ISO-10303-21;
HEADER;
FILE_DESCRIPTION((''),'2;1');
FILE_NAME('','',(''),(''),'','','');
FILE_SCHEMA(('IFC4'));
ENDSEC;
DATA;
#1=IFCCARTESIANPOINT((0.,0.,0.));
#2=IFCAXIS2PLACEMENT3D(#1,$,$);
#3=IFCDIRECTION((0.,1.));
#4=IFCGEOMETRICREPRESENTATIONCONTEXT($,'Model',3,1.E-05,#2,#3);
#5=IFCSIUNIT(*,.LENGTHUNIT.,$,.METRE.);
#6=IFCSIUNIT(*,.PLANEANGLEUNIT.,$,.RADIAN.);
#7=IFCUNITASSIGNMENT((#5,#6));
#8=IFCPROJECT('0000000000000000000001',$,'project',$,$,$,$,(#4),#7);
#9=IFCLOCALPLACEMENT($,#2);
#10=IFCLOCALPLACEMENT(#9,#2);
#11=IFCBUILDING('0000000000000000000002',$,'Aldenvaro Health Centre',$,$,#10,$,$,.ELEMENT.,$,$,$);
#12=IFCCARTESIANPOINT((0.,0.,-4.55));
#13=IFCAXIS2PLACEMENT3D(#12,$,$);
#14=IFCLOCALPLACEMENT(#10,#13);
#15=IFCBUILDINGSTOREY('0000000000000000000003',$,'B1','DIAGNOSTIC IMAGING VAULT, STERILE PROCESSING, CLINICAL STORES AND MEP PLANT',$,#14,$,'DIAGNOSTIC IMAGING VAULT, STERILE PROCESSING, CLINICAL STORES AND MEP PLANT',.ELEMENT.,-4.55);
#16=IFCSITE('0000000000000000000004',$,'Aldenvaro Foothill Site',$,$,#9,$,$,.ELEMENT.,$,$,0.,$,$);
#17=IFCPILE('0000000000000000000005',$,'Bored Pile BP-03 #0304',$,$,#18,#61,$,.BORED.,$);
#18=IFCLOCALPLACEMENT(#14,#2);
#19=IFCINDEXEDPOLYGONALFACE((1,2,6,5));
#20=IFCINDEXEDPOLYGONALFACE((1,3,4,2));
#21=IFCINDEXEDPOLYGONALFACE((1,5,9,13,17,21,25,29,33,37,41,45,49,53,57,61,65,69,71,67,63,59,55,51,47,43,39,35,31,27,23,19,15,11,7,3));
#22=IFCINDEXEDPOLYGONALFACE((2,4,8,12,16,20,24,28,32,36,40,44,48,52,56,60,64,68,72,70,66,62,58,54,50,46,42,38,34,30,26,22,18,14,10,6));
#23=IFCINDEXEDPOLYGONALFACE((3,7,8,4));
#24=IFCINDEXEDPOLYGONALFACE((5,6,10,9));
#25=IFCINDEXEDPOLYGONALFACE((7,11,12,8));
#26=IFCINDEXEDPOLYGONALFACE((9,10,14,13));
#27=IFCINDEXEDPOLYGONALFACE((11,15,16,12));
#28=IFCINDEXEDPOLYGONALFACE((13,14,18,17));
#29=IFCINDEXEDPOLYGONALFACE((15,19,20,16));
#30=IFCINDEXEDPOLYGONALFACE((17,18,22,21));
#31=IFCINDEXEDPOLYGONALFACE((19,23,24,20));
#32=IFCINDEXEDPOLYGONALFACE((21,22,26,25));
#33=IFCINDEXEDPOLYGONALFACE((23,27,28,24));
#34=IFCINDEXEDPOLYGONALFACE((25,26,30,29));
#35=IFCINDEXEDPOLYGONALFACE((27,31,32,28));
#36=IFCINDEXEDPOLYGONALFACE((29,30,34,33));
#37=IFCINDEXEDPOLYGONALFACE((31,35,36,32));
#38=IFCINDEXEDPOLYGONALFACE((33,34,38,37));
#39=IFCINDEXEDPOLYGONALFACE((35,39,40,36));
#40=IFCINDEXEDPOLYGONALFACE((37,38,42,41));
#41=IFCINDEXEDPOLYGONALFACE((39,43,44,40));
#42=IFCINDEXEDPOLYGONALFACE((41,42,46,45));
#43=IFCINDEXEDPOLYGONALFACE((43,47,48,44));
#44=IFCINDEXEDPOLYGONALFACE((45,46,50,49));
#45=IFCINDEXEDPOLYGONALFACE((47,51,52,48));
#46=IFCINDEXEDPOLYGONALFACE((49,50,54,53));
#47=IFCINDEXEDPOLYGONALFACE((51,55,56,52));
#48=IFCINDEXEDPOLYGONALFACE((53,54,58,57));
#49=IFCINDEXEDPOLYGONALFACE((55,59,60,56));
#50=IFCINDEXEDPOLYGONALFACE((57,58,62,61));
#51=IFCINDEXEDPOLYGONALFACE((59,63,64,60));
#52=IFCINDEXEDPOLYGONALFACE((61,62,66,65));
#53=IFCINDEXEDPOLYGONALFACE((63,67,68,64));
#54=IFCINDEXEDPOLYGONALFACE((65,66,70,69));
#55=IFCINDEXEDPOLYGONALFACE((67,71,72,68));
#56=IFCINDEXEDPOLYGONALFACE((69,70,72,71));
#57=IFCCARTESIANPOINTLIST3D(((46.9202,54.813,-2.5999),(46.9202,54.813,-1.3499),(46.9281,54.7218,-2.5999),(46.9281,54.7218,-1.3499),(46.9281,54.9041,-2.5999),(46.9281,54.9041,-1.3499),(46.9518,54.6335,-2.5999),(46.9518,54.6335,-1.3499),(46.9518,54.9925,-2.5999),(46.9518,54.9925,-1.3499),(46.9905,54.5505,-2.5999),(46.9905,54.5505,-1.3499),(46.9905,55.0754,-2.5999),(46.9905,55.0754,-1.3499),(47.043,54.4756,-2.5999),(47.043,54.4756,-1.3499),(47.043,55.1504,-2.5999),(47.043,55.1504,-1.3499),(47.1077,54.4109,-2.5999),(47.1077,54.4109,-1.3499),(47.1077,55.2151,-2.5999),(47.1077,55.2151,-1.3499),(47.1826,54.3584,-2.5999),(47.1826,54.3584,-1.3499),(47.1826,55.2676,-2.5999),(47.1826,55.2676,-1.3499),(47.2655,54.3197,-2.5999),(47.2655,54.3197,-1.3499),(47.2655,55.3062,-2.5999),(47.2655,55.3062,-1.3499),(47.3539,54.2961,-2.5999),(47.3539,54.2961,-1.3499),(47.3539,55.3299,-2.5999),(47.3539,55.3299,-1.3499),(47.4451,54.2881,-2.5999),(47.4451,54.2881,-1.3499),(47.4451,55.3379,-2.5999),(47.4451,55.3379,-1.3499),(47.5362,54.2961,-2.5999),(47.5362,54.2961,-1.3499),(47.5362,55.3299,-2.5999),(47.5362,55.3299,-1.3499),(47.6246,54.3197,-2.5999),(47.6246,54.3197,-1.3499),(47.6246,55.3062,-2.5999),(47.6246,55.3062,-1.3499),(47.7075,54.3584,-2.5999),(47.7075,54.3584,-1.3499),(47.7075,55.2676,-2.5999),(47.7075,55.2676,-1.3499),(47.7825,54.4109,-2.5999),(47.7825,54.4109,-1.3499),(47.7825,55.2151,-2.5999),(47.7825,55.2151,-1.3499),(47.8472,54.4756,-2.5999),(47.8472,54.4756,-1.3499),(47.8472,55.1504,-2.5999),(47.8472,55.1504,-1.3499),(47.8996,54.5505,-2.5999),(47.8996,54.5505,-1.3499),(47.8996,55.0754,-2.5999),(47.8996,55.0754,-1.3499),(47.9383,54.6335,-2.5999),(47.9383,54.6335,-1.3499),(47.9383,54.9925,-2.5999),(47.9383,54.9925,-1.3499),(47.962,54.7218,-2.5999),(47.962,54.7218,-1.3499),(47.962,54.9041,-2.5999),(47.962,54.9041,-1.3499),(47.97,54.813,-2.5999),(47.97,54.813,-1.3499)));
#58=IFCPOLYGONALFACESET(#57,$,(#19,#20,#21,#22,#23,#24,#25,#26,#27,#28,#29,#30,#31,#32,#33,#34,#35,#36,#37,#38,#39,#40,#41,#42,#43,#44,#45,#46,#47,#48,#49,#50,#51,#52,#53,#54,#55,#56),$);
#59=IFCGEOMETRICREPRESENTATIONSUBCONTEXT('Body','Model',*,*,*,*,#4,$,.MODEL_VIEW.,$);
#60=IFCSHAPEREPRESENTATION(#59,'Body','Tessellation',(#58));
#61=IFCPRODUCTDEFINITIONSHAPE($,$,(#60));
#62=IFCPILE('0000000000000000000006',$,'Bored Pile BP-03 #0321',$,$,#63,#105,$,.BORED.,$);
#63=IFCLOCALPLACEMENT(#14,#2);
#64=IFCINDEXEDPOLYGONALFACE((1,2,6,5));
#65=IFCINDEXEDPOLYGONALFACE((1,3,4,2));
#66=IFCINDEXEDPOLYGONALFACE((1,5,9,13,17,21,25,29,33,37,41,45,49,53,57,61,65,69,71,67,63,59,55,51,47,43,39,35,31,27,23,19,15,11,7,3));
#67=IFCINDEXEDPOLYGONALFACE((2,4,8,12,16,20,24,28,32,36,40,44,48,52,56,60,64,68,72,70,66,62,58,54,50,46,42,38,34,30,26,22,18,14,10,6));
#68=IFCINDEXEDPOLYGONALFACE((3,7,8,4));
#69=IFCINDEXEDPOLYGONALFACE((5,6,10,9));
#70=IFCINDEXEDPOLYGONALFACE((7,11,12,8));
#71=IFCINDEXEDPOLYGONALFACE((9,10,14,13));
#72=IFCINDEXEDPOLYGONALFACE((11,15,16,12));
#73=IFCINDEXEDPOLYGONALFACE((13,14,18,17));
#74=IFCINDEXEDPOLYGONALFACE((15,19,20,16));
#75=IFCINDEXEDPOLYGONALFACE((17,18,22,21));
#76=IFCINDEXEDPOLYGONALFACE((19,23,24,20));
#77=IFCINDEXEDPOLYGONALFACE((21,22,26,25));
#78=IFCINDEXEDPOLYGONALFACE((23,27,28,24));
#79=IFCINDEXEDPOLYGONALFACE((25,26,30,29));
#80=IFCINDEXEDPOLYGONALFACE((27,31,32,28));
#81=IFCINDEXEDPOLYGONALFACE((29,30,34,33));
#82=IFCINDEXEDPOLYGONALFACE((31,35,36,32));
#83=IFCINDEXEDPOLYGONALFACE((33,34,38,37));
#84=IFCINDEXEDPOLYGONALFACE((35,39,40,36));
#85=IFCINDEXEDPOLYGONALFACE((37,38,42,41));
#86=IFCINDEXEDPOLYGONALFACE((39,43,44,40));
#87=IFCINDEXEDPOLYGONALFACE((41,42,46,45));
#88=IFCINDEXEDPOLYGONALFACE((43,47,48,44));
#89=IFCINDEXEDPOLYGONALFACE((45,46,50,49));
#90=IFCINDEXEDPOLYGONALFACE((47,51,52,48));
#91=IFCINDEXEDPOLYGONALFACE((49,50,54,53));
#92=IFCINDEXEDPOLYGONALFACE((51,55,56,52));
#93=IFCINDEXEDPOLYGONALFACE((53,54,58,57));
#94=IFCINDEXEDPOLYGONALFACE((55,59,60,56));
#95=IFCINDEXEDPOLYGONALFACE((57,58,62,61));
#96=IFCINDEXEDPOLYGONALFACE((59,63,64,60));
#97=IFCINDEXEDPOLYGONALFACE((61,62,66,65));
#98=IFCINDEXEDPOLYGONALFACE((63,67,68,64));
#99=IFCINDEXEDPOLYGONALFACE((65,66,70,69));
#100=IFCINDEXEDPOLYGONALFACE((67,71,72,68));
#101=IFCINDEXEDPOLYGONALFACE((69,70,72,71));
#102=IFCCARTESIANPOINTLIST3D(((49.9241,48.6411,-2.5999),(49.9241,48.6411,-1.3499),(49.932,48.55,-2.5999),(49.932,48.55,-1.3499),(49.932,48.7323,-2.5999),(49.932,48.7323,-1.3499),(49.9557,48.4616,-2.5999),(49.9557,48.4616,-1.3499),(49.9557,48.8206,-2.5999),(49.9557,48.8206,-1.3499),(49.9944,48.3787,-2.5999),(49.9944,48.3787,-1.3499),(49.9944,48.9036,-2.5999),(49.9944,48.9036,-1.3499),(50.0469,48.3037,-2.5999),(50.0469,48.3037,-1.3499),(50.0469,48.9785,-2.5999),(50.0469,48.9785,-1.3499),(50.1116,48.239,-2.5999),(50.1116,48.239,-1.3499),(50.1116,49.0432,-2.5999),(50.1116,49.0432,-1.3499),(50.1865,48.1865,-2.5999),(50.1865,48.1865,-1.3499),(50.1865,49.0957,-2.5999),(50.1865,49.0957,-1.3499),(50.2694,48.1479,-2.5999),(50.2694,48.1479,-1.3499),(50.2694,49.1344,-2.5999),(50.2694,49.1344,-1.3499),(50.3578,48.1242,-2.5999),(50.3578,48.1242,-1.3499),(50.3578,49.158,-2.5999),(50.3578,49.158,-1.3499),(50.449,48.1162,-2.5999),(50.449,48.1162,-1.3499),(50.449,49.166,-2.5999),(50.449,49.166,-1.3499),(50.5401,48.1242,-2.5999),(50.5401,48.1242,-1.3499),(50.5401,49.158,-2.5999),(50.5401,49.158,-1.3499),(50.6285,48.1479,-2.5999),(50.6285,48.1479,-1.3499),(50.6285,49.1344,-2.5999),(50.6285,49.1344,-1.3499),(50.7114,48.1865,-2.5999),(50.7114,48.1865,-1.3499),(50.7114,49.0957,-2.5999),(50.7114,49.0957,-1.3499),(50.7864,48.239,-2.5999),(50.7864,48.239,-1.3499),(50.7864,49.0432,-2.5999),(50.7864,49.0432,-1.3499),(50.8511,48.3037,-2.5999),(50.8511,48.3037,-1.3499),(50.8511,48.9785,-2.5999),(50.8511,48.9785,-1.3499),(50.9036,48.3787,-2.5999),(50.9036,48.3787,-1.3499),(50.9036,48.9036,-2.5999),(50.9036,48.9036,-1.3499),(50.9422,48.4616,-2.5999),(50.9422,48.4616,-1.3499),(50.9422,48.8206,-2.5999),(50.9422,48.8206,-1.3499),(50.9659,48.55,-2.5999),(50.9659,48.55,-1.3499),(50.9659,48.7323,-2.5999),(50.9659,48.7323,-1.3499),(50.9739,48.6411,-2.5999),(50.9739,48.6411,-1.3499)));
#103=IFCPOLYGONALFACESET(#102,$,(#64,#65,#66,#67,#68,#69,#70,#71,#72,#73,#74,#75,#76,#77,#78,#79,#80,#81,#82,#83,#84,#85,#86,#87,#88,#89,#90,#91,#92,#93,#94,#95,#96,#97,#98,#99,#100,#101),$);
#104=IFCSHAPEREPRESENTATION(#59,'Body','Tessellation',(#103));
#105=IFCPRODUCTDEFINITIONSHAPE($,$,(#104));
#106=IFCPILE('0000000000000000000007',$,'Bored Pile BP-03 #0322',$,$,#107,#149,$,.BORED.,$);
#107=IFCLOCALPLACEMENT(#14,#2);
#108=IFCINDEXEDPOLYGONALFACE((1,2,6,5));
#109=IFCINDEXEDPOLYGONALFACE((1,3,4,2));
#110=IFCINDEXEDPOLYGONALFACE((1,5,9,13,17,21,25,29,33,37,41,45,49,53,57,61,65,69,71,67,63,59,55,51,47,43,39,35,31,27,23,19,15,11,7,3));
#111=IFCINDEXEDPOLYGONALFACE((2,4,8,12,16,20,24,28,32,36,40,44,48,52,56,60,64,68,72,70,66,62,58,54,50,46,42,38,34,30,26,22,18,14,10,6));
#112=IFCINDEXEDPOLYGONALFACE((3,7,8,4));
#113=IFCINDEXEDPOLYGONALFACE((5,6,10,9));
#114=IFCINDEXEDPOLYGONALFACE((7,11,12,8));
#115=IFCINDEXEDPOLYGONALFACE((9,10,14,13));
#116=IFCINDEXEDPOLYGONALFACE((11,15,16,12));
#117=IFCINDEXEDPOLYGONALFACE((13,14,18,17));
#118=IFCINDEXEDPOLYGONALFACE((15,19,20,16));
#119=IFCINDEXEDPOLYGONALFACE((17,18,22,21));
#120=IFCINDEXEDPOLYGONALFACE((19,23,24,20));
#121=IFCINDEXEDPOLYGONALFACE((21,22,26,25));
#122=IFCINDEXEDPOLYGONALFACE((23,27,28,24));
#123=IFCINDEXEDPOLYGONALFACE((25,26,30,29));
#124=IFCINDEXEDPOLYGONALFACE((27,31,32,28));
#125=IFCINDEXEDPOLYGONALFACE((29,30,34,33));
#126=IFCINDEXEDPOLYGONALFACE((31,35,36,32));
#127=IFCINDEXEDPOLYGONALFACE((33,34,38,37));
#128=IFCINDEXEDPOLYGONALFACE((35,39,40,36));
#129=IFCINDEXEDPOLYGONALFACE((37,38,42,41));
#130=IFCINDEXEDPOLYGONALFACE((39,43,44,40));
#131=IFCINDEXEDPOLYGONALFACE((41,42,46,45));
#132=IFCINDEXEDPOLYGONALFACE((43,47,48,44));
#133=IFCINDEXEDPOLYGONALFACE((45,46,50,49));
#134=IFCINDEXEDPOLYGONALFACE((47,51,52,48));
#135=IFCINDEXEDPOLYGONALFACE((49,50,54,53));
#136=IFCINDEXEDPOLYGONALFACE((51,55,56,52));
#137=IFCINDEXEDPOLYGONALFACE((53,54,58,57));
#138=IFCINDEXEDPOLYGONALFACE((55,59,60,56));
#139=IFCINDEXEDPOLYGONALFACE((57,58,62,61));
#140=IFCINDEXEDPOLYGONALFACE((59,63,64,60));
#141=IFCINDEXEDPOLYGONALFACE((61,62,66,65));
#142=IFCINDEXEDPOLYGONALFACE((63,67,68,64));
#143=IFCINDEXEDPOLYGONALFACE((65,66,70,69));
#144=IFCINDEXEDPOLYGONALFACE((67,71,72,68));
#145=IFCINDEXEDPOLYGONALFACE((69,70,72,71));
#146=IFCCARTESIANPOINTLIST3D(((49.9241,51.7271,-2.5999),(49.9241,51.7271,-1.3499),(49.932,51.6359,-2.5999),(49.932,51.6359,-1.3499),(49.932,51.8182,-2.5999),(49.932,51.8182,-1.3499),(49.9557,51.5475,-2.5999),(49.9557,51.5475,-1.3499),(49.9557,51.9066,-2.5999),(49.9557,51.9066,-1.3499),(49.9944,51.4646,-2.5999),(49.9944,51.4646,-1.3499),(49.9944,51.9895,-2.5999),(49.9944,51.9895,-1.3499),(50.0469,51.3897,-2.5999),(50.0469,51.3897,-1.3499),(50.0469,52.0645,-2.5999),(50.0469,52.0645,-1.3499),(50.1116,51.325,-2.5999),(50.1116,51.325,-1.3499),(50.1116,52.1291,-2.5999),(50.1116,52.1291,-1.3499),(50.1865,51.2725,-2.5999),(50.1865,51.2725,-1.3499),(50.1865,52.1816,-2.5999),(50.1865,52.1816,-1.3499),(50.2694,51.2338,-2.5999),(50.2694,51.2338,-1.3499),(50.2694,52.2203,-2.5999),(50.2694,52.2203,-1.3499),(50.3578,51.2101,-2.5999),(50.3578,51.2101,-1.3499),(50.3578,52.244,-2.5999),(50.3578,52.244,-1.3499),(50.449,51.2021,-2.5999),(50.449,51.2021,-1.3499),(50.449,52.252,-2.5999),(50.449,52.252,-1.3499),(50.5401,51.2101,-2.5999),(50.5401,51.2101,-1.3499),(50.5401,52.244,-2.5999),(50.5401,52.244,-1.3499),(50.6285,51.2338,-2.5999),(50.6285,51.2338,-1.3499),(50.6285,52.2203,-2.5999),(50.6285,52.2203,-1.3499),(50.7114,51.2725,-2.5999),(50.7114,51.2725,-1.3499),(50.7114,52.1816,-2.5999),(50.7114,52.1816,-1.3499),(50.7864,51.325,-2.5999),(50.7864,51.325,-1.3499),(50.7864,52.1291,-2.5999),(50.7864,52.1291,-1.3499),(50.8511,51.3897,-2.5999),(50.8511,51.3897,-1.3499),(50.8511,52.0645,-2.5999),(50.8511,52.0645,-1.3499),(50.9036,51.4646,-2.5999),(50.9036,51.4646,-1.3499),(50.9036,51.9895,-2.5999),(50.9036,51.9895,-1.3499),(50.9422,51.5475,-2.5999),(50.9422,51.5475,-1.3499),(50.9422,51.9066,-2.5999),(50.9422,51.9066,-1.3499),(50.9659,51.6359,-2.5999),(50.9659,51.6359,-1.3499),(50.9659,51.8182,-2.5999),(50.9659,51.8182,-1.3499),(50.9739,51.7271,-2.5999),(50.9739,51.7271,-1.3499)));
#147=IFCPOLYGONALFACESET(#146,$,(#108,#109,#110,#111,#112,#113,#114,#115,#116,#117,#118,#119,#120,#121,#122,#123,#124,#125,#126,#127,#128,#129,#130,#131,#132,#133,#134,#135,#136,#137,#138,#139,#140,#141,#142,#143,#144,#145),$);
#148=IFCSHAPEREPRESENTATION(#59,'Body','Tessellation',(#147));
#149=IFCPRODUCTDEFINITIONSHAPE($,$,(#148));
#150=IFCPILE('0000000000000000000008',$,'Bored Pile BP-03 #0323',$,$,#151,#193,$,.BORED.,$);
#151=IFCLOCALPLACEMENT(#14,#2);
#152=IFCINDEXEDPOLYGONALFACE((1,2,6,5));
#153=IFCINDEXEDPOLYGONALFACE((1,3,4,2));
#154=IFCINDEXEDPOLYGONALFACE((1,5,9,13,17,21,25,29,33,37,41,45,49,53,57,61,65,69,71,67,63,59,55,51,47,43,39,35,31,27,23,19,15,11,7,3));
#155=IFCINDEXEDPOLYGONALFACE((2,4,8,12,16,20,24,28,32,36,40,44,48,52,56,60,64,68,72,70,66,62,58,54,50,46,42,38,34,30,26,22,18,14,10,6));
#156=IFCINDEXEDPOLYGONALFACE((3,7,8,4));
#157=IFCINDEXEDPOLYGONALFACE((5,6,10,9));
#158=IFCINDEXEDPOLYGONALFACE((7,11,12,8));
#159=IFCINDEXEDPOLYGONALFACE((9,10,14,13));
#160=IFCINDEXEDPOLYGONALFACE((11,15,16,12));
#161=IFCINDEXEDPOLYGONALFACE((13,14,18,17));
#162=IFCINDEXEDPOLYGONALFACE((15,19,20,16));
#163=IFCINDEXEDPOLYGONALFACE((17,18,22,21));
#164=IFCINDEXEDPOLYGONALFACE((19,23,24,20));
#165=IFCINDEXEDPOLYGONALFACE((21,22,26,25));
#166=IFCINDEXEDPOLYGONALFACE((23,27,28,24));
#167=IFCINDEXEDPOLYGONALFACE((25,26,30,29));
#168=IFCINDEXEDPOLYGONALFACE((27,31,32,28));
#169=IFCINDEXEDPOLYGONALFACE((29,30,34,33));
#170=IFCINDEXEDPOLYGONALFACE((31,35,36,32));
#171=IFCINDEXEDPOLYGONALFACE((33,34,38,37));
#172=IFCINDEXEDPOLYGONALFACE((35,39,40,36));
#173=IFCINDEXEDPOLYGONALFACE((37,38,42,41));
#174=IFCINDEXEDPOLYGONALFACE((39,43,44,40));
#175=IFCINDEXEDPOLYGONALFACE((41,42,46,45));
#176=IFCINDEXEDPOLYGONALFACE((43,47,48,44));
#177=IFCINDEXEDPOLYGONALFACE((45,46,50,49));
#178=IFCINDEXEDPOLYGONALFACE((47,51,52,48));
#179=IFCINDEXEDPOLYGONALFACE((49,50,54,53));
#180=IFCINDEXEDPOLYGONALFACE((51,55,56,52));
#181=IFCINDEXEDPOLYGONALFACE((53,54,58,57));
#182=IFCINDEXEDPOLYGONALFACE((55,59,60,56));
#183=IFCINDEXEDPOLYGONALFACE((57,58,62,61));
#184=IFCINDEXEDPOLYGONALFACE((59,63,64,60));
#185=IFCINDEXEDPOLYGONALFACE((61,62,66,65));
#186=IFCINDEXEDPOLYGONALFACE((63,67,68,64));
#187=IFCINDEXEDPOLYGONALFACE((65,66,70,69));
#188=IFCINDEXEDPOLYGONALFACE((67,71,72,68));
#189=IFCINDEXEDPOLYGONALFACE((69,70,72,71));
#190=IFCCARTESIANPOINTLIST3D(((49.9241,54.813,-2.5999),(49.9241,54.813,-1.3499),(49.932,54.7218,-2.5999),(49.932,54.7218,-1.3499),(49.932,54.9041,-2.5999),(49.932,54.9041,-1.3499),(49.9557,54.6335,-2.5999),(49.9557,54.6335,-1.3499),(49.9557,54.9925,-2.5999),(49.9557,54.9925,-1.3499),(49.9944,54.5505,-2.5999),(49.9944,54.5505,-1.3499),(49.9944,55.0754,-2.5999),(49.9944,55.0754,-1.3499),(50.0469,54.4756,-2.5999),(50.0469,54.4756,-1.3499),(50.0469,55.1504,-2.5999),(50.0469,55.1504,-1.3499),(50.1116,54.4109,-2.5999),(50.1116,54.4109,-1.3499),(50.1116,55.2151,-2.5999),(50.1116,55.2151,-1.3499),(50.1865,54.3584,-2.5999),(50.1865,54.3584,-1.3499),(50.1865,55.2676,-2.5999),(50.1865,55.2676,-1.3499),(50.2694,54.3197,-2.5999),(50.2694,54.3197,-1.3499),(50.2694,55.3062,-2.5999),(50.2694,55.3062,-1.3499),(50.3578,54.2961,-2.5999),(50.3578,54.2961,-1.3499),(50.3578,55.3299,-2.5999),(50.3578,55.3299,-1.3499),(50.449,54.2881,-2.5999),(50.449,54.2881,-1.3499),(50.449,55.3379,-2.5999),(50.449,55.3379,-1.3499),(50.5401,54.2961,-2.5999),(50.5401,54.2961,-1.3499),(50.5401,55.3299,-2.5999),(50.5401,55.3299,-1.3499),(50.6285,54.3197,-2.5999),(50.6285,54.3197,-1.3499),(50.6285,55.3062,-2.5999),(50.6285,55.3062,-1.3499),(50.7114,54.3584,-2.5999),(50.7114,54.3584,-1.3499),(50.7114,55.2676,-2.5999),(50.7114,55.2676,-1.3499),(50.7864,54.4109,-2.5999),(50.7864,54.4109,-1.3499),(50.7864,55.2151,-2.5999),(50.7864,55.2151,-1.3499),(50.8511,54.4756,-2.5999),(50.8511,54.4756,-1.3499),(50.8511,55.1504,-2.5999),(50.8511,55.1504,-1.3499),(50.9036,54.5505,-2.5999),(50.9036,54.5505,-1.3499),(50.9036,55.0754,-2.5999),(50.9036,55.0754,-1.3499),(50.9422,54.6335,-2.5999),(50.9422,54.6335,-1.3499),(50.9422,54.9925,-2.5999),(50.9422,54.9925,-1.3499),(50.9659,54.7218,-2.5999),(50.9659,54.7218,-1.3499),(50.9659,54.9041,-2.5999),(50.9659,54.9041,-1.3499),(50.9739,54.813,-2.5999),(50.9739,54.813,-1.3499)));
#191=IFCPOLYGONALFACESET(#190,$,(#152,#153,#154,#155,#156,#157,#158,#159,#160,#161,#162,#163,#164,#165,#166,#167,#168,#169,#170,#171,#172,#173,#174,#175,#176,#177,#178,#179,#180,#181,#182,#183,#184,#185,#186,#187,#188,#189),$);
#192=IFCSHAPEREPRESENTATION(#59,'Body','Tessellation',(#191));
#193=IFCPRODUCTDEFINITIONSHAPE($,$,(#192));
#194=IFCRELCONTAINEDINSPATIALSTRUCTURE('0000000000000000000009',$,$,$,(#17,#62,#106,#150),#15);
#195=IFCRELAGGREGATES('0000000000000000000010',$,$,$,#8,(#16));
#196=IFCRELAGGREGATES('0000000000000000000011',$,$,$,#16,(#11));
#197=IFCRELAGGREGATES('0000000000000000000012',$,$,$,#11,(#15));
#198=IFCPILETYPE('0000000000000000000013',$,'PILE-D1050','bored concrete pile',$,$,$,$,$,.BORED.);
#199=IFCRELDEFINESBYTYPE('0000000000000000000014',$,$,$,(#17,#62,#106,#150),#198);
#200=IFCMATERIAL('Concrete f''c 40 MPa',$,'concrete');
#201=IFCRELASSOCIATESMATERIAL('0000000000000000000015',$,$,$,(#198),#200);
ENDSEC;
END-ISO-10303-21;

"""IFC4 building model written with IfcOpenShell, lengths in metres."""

from ifc_helpers import new_model, si_unit, direction, frame, origin, origin_2d, place, context, subcontext, project, spatial, circle, extrude, material, material_profile, profile_set, type_object, element, save


model = new_model("IFC4")

# Units and contexts
model_context = context("Model", 3, precision=1e-05, world=origin(), true_north=direction((0.0, 1.0)))
body_context = subcontext(model_context, "Body", "Model", "MODEL_VIEW")
ifc_project = project(units=[si_unit("LENGTHUNIT", "METRE"), si_unit("PLANEANGLEUNIT", "RADIAN")], contexts=[model_context])

# Site, building, storey
site_placement = place(None, origin())
site = spatial("IfcSite", under=ifc_project, at=site_placement, Name="Aldenvaro Foothill Site", CompositionType="ELEMENT", RefElevation=0.0)
building_placement = place(site_placement, origin())
building = spatial("IfcBuilding", under=site, at=building_placement, Name="Aldenvaro Health Centre", CompositionType="ELEMENT")
storey_placement = place(building_placement, frame((0.0, 0.0, -4.55)))
storey = spatial("IfcBuildingStorey", under=building, at=storey_placement, Name="B1", Description="DIAGNOSTIC IMAGING VAULT, STERILE PROCESSING, CLINICAL STORES AND MEP PLANT", LongName="DIAGNOSTIC IMAGING VAULT, STERILE PROCESSING, CLINICAL STORES AND MEP PLANT", CompositionType="ELEMENT", Elevation=-4.55)

# Shared definitions
ifc_material = material(Name="Concrete f'c 40 MPa", Category="concrete")

# Piles
ifc_material_profile_1 = material_profile(ifc_material, circle(Radius=0.5249, at=origin_2d()), Name="PILE D1050", Category="concrete")
ifc_profile_set_1 = profile_set([ifc_material_profile_1], Name="Concrete f'c 40 MPa")
pile_type_1 = type_object("IfcPileType", Name="PILE-D1050", Description="bored concrete pile", PredefinedType="BORED", material=ifc_profile_set_1)
for number, where, z_axis, x_axis, name in (
    (1, (47.4451, 54.813, -1.3499), (0.0, 0.0, -1.0), (1.0, 0.0, 0.0), "Bored Pile BP-03 #0304"),
    (2, (50.449, 48.6411, -1.3499), (0.0, 0.0, -1.0), (1.0, 0.0, 0.0), "Bored Pile BP-03 #0321"),
    (3, (50.449, 51.7271, -1.3499), (0.0, 0.0, -1.0), (1.0, 0.0, 0.0), "Bored Pile BP-03 #0322"),
    (4, (50.449, 54.813, -1.3499), (0.0, 0.0, -1.0), (1.0, 0.0, 0.0), "Bored Pile BP-03 #0323"),
):
    element("IfcPile", number, at=place(storey_placement, frame(where, z_axis=z_axis, x_axis=x_axis)), inside=storey, type_object=pile_type_1, Name=name, PredefinedType="BORED", context=body_context, shape_type="SweptSolid", body=[
        extrude(circle(Radius=0.5249, at=origin_2d()), origin(), (0.0, 0.0, 1.0), 1.25),
    ])

save(model, "model.ifc")
